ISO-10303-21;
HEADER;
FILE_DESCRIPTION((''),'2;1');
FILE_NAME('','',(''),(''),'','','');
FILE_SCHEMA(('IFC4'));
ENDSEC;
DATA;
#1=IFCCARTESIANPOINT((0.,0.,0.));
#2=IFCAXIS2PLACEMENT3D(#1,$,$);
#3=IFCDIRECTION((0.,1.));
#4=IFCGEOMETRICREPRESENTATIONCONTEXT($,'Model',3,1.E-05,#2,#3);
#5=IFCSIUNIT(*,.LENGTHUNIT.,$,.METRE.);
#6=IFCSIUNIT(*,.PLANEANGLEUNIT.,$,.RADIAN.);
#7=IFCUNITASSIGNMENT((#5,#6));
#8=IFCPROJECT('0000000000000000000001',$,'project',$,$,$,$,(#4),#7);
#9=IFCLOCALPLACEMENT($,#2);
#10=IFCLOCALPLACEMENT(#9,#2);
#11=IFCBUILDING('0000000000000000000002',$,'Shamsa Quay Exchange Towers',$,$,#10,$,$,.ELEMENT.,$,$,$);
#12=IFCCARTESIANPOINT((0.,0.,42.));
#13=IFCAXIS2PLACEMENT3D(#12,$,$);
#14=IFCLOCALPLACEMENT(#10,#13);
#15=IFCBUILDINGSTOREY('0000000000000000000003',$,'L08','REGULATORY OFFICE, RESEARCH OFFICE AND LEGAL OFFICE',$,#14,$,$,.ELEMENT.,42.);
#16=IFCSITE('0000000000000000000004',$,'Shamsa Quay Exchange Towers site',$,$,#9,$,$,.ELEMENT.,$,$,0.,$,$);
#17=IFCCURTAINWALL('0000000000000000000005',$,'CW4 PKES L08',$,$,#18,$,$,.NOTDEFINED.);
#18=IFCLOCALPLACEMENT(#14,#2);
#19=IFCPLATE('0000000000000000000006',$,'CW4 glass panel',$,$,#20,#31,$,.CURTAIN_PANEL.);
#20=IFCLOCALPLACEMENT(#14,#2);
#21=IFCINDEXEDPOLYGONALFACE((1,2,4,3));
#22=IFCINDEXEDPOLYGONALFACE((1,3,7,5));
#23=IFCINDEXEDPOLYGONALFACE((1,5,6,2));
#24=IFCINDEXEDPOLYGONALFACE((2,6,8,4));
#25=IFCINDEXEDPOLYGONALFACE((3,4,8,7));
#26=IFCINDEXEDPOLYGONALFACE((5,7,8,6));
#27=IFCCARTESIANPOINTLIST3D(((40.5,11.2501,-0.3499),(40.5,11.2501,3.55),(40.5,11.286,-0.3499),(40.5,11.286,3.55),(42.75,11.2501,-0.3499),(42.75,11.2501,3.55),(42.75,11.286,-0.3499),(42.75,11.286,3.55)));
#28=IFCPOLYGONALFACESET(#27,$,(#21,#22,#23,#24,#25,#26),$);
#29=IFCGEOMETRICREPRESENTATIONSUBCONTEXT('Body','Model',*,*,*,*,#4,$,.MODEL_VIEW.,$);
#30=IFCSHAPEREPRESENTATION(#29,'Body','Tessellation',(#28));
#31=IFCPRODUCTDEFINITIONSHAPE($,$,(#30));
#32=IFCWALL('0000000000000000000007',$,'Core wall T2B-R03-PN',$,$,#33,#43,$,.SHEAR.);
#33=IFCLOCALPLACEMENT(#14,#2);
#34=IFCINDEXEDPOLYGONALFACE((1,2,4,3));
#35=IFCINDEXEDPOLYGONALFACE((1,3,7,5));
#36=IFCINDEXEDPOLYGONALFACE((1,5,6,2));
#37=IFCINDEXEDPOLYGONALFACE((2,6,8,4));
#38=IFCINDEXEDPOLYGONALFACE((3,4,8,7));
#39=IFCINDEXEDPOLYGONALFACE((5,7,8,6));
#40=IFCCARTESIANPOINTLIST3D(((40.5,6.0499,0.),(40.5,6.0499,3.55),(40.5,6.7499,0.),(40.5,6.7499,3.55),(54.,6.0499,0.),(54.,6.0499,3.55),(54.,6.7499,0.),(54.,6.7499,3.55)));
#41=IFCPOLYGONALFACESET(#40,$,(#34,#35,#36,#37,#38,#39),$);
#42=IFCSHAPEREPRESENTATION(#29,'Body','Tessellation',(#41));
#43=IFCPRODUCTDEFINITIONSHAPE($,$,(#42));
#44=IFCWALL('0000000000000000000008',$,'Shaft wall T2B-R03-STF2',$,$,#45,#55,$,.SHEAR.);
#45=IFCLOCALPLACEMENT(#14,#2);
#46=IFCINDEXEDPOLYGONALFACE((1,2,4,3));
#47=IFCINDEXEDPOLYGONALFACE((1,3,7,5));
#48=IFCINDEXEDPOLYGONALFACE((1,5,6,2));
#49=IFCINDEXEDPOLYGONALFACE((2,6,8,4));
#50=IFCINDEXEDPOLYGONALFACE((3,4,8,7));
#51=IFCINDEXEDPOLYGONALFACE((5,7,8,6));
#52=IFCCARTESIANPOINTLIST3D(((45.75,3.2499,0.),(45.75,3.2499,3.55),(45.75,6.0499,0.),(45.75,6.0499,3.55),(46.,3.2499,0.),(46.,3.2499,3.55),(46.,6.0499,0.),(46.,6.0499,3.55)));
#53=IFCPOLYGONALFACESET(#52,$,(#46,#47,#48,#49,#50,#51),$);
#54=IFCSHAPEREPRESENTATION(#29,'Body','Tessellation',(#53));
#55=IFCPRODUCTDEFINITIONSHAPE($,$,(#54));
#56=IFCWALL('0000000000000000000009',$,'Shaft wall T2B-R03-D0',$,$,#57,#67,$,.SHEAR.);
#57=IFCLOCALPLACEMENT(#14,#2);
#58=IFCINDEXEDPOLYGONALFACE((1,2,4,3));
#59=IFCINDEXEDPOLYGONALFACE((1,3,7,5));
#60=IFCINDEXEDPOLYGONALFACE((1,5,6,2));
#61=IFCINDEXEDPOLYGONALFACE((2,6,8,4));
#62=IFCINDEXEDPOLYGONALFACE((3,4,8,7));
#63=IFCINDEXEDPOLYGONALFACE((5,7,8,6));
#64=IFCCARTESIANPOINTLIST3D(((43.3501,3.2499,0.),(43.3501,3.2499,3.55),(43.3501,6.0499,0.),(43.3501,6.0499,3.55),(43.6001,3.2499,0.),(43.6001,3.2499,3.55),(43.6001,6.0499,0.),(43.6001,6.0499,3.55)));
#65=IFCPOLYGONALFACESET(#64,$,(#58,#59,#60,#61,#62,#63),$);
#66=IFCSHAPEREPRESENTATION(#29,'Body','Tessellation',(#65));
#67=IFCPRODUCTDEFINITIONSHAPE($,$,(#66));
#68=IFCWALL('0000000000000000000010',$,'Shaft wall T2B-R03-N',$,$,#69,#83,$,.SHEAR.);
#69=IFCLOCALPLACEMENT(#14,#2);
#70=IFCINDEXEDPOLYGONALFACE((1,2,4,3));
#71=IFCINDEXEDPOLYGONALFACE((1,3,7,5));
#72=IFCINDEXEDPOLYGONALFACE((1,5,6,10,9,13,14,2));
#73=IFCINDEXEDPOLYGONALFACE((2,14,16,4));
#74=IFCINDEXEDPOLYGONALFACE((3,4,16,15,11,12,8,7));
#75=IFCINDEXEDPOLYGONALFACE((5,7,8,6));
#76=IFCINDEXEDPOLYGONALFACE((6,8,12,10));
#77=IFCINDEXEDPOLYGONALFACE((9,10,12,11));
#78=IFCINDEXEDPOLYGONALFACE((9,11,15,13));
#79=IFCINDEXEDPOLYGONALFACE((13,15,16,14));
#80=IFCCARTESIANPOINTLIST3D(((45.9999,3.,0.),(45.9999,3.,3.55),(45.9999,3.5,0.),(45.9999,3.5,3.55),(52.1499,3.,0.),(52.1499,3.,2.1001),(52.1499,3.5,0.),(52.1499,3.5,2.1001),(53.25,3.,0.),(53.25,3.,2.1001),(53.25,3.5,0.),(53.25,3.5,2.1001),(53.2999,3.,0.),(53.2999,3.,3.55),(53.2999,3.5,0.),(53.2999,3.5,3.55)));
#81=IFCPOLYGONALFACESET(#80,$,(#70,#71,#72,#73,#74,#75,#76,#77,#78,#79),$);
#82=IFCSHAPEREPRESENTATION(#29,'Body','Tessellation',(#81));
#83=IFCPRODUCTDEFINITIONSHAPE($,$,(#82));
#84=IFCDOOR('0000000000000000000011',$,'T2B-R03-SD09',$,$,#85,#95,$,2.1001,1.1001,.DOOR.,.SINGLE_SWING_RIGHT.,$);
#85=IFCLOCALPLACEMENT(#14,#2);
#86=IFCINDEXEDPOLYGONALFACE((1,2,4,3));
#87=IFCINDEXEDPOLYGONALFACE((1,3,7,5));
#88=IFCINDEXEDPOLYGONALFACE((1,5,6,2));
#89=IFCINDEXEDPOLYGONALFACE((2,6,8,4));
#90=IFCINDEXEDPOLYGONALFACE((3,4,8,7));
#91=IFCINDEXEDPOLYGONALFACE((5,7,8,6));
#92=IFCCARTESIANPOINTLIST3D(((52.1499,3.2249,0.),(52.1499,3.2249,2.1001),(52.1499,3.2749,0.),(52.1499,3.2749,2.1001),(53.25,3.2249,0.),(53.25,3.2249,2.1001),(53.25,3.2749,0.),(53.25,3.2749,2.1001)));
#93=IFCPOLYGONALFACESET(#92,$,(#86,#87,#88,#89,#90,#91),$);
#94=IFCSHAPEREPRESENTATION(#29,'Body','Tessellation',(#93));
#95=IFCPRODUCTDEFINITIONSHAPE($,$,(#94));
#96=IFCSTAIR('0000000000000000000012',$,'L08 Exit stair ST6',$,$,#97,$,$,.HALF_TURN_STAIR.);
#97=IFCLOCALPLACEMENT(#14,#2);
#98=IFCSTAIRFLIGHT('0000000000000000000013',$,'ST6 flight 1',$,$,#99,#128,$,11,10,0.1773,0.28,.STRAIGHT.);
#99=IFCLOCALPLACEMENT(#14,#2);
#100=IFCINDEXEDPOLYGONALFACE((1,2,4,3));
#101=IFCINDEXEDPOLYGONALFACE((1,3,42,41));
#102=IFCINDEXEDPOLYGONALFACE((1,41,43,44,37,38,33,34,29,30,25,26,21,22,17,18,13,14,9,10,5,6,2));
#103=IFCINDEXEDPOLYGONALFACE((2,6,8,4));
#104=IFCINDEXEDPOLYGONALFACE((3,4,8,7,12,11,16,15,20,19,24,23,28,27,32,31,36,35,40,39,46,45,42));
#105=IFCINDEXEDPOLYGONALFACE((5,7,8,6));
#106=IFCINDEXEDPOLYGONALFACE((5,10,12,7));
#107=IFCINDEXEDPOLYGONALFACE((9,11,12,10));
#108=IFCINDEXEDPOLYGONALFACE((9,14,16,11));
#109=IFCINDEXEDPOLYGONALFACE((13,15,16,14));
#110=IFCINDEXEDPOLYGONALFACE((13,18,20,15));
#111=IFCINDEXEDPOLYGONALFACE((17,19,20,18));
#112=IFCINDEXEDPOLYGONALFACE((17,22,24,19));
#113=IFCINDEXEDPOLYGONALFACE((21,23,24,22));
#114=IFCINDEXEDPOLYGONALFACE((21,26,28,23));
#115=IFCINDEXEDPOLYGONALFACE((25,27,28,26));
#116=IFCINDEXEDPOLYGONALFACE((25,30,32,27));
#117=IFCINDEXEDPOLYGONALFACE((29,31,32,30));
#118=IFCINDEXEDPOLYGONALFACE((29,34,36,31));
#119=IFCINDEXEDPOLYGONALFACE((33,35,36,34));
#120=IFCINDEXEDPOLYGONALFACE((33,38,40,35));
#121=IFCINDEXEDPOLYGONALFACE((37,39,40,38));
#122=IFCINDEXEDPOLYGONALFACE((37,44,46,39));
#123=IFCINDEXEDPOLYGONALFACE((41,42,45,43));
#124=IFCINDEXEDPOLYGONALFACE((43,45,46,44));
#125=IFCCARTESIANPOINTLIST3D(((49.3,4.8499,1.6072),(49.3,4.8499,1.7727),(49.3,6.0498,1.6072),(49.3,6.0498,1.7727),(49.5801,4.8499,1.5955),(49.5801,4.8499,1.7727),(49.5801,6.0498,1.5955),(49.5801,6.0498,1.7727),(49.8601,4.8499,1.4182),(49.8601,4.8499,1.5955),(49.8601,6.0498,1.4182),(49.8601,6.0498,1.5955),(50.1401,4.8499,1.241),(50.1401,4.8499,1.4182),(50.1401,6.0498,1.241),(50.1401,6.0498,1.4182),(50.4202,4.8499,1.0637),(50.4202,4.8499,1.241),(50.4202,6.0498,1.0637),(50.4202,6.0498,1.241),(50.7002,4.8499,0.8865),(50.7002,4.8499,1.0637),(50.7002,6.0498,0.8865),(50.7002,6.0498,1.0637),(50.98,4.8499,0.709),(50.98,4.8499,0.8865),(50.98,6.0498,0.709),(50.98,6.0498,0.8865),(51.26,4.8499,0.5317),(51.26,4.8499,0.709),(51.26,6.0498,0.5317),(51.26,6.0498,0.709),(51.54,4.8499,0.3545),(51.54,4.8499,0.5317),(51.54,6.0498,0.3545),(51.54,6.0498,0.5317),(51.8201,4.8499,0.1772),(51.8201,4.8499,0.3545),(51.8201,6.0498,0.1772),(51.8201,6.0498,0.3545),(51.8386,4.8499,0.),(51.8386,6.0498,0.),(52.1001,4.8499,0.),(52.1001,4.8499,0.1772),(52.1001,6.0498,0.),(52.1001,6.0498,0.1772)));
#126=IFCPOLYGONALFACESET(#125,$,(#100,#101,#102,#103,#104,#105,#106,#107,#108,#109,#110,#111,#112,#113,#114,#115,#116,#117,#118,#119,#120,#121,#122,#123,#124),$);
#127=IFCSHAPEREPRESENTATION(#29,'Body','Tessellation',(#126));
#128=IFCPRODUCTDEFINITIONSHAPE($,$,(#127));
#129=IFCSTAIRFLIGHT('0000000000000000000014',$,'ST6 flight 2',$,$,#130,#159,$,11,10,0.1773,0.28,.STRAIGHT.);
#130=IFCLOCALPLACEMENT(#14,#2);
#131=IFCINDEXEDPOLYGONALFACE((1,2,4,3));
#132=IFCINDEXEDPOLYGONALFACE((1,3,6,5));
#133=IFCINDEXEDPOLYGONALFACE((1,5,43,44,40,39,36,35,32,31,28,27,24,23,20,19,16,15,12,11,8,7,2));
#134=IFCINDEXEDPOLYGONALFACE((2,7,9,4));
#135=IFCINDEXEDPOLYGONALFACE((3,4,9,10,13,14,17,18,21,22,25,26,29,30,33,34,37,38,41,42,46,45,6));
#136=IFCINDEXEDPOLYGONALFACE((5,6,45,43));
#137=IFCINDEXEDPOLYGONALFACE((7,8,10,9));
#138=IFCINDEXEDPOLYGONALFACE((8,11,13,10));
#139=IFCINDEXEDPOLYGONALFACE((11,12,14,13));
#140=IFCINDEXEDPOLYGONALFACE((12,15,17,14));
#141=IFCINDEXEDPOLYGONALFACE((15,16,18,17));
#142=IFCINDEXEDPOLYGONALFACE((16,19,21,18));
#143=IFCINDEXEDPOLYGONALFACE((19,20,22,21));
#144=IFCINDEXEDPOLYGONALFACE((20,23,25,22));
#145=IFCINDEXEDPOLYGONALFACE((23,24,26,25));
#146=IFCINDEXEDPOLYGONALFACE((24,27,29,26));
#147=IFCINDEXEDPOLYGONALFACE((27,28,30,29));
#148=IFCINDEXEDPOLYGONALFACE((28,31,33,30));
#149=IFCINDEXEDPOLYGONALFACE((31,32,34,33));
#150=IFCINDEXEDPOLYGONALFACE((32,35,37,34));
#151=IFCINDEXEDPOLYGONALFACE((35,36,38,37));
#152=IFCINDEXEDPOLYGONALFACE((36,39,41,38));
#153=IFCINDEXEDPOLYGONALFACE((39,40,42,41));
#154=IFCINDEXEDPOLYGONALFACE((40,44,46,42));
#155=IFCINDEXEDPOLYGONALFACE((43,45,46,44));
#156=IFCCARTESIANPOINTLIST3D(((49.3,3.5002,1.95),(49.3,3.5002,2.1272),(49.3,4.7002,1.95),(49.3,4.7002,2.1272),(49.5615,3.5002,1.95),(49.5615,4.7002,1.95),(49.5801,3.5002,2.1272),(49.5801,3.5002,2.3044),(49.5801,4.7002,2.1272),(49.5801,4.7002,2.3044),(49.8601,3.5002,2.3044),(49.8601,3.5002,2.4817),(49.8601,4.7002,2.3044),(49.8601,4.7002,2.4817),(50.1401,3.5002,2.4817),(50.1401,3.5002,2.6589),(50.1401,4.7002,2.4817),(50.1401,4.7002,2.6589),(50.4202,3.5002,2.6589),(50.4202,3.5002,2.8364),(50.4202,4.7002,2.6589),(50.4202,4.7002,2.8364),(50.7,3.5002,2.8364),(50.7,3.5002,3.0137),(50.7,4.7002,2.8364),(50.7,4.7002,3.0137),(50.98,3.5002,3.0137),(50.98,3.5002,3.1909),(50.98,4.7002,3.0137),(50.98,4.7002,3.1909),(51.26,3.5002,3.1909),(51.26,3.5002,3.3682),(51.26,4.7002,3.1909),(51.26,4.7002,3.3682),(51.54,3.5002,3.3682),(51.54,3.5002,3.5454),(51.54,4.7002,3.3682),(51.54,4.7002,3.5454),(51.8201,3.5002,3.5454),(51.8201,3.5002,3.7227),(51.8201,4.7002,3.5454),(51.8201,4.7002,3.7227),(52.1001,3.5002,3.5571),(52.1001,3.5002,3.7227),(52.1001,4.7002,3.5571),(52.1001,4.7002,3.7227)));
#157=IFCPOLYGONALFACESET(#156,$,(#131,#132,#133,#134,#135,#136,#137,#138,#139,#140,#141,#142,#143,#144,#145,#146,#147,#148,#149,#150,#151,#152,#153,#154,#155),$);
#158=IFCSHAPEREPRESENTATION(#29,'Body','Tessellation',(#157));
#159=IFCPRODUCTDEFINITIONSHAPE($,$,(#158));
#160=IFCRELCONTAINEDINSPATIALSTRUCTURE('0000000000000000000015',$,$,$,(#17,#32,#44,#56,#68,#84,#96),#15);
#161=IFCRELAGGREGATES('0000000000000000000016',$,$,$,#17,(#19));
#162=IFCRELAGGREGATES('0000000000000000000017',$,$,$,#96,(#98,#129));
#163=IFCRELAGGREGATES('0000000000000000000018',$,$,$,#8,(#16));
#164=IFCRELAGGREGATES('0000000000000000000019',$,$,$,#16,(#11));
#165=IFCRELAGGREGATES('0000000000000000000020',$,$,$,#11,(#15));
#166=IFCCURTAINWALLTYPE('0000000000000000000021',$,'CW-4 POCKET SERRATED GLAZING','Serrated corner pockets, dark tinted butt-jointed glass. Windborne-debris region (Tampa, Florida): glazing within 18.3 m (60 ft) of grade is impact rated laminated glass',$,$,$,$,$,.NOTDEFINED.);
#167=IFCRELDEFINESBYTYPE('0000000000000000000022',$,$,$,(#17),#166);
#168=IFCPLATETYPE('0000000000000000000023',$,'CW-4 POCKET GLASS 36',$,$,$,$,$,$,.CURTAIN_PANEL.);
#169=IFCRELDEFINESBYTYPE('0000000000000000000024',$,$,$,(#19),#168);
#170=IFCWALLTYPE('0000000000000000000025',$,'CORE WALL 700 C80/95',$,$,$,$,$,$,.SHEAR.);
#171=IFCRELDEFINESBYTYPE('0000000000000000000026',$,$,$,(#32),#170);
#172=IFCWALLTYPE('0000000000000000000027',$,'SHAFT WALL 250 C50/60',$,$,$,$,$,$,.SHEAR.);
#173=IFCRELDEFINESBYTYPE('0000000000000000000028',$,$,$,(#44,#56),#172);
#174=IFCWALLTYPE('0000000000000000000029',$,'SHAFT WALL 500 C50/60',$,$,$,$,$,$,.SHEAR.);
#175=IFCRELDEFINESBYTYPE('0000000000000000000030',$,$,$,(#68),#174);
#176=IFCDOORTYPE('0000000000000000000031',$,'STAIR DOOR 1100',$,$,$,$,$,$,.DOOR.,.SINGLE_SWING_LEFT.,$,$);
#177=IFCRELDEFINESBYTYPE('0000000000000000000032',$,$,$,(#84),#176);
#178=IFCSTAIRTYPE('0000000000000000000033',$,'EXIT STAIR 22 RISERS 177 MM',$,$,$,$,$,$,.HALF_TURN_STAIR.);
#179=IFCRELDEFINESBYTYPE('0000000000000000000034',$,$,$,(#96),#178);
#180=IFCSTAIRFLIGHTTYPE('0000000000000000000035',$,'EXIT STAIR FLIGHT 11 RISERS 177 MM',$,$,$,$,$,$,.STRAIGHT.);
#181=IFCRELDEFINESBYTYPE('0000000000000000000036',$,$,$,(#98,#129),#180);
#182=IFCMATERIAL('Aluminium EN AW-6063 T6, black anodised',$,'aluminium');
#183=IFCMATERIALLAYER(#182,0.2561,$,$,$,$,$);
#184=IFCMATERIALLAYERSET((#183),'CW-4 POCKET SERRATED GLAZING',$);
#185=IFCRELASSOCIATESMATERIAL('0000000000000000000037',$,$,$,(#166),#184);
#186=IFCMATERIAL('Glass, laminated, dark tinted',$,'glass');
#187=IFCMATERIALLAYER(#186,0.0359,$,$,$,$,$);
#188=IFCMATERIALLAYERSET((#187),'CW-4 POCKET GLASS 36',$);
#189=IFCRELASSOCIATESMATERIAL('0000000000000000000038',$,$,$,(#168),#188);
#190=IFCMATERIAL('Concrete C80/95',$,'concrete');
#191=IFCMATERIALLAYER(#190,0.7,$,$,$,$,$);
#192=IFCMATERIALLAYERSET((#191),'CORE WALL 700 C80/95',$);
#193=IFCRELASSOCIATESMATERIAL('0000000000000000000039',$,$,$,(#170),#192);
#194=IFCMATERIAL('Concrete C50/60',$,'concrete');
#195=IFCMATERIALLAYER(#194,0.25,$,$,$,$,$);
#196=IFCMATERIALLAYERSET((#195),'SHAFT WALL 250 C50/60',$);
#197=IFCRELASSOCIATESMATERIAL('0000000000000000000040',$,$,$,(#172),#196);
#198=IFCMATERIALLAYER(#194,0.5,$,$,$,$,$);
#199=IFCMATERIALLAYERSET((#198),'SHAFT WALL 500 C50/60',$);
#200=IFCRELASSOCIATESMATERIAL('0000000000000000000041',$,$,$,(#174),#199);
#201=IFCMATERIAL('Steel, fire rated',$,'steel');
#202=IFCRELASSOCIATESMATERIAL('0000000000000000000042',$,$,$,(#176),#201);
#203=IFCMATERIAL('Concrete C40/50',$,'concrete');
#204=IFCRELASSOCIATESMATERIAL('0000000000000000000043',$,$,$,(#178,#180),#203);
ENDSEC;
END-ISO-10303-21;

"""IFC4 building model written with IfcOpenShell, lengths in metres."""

from ifc_helpers import new_model, si_unit, direction, frame, frame_2d, origin, origin_2d, place, context, subcontext, project, spatial, polyline, rectangle, outline, extrude, material, layer, layer_set, type_object, element, fill, aggregate, save


model = new_model("IFC4")

# Units and contexts
model_context = context("Model", 3, precision=1e-05, world=origin(), true_north=direction((0.0, 1.0)))
body_context = subcontext(model_context, "Body", "Model", "MODEL_VIEW")
ifc_project = project(units=[si_unit("LENGTHUNIT", "METRE"), si_unit("PLANEANGLEUNIT", "RADIAN")], contexts=[model_context])

# Site, building, storey
site_placement = place(None, origin())
site = spatial("IfcSite", under=ifc_project, at=site_placement, Name="Shamsa Quay Exchange Towers site", CompositionType="ELEMENT", RefElevation=0.0)
building_placement = place(site_placement, origin())
building = spatial("IfcBuilding", under=site, at=building_placement, Name="Shamsa Quay Exchange Towers", CompositionType="ELEMENT")
storey_placement = place(building_placement, frame((0.0, 0.0, 42.0)))
storey = spatial("IfcBuildingStorey", under=building, at=storey_placement, Name="L08", Description="REGULATORY OFFICE, RESEARCH OFFICE AND LEGAL OFFICE", CompositionType="ELEMENT", Elevation=42.0)

# Shared definitions
ifc_material_1 = material(Name="Aluminium EN AW-6063 T6, black anodised", Category="aluminium")
ifc_material_2 = material(Name="Glass, laminated, dark tinted", Category="glass")

# Curtain wall, plate
ifc_layer_1 = layer(ifc_material_1, 0.2561)
ifc_layer_set_1 = layer_set([ifc_layer_1], Name="CW-4 POCKET SERRATED GLAZING")
curtain_wall_type_1 = type_object("IfcCurtainWallType", Name="CW-4 POCKET SERRATED GLAZING", Description="Serrated corner pockets, dark tinted butt-jointed glass. Windborne-debris region (Tampa, Florida): glazing within 18.3 m (60 ft) of grade is impact rated laminated glass", PredefinedType="NOTDEFINED", material=ifc_layer_set_1)
curtain_wall_1_placement = place(storey_placement, origin())
curtain_wall_1 = element("IfcCurtainWall", 1, at=curtain_wall_1_placement, inside=storey, type_object=curtain_wall_type_1, Name="CW4 PKES L08", PredefinedType="NOTDEFINED")
ifc_layer_2 = layer(ifc_material_2, 0.0359)
ifc_layer_set_2 = layer_set([ifc_layer_2], Name="CW-4 POCKET GLASS 36")
plate_type_1 = type_object("IfcPlateType", Name="CW-4 POCKET GLASS 36", PredefinedType="CURTAIN_PANEL", material=ifc_layer_set_2)
plate_1_placement = place(storey_placement, frame((41.625, 11.2681, -0.3499), z_axis=(0.0, 0.0, 1.0), x_axis=(-1.0, 0.0, 0.0)))
plate_1 = element("IfcPlate", 2, at=plate_1_placement, type_object=plate_type_1, Name="CW4 glass panel", PredefinedType="CURTAIN_PANEL", context=body_context, shape_type="SweptSolid", body=[
    extrude(rectangle(XDim=2.25, YDim=0.0359, at=origin_2d()), origin(), (0.0, 0.0, 1.0), 3.8999),
])
aggregate(curtain_wall_1, [plate_1])

# Walls
ifc_material_3 = material(Name="Concrete C80/95", Category="concrete")
ifc_layer_3 = layer(ifc_material_3, 0.7)
ifc_layer_set_3 = layer_set([ifc_layer_3], Name="CORE WALL 700 C80/95")
wall_type_1 = type_object("IfcWallType", Name="CORE WALL 700 C80/95", PredefinedType="SHEAR", material=ifc_layer_set_3)
wall_1_placement = place(storey_placement, frame((54.0, 6.3999, 0.0), z_axis=(0.0, 0.0, 1.0), x_axis=(-1.0, 0.0, 0.0)))
element("IfcWall", 3, at=wall_1_placement, inside=storey, type_object=wall_type_1, Name="Core wall T2B-R03-PN", PredefinedType="SHEAR", context=body_context, shape_type="SweptSolid", body=[
    extrude(rectangle(XDim=13.5, YDim=0.7, at=frame_2d((6.75, 0.0))), origin(), (0.0, 0.0, 1.0), 3.55),
])
ifc_material_4 = material(Name="Concrete C50/60", Category="concrete")
ifc_layer_4 = layer(ifc_material_4, 0.25)
ifc_layer_set_4 = layer_set([ifc_layer_4], Name="SHAFT WALL 250 C50/60")
wall_type_2 = type_object("IfcWallType", Name="SHAFT WALL 250 C50/60", PredefinedType="SHEAR", material=ifc_layer_set_4)
for number, where, z_axis, x_axis, name in (
    (4, (45.875, 3.25, 0.0), (0.0, 0.0, 1.0), (0.0, 1.0, 0.0), "Shaft wall T2B-R03-STF2"),
    (5, (43.4751, 3.25, 0.0), (0.0, 0.0, 1.0), (0.0, 1.0, 0.0), "Shaft wall T2B-R03-D0"),
):
    element("IfcWall", number, at=place(storey_placement, frame(where, z_axis=z_axis, x_axis=x_axis)), inside=storey, type_object=wall_type_2, Name=name, PredefinedType="SHEAR", context=body_context, shape_type="SweptSolid", body=[
        extrude(rectangle(XDim=2.8, YDim=0.25, at=frame_2d((1.3999, 0.0))), origin(), (0.0, 0.0, 1.0), 3.55),
    ])

# Wall, opening, door
ifc_layer_5 = layer(ifc_material_4, 0.5)
ifc_layer_set_5 = layer_set([ifc_layer_5], Name="SHAFT WALL 500 C50/60")
wall_type_3 = type_object("IfcWallType", Name="SHAFT WALL 500 C50/60", PredefinedType="SHEAR", material=ifc_layer_set_5)
wall_2_placement = place(storey_placement, frame((46.0, 3.25, 0.0)))
wall_2 = element("IfcWall", 6, at=wall_2_placement, inside=storey, type_object=wall_type_3, Name="Shaft wall T2B-R03-N", PredefinedType="SHEAR", context=body_context, shape_type="SweptSolid", body=[
    extrude(rectangle(XDim=7.3, YDim=0.5, at=frame_2d((3.6499, 0.0))), origin(), (0.0, 0.0, 1.0), 3.55),
])
opening_placement = place(wall_2_placement, frame((6.1499, 0.0, 0.0)))
opening = element("IfcOpeningElement", 7, at=opening_placement, cuts=wall_2, PredefinedType="OPENING", context=body_context, shape_type="SweptSolid", body=[
    extrude(rectangle(XDim=1.1001, YDim=2.1001, at=frame_2d((0.55, 1.05))), frame((0.0, 0.26, 0.0), z_axis=(0.0, -1.0, 0.0), x_axis=(1.0, 0.0, 0.0)), (0.0, 0.0, 1.0), 0.52),
])
ifc_material_5 = material(Name="Steel, fire rated", Category="steel")
door_type = type_object("IfcDoorType", Name="STAIR DOOR 1100", OperationType="SINGLE_SWING_LEFT", PredefinedType="DOOR", material=ifc_material_5)
door_placement = place(opening_placement, origin())
door = element("IfcDoor", 8, at=door_placement, inside=storey, type_object=door_type, Name="T2B-R03-SD09", OperationType="SINGLE_SWING_RIGHT", OverallHeight=2.1001, OverallWidth=1.1001, PredefinedType="DOOR", context=body_context, shape_type="SweptSolid", body=[
    extrude(rectangle(XDim=1.1001, YDim=2.1001, at=frame_2d((0.55, 1.05))), frame((0.0, 0.0249, 0.0), z_axis=(0.0, -1.0, 0.0), x_axis=(1.0, 0.0, 0.0)), (0.0, 0.0, 1.0), 0.05),
])
fill(opening, door)

# Stair, stair flights
ifc_material_6 = material(Name="Concrete C40/50", Category="concrete")
stair_type = type_object("IfcStairType", Name="EXIT STAIR 22 RISERS 177 MM", PredefinedType="HALF_TURN_STAIR", material=ifc_material_6)
stair_placement = place(storey_placement, origin())
stair = element("IfcStair", 9, at=stair_placement, inside=storey, type_object=stair_type, Name="L08 Exit stair ST6", PredefinedType="HALF_TURN_STAIR")
stair_flight_type = type_object("IfcStairFlightType", Name="EXIT STAIR FLIGHT 11 RISERS 177 MM", PredefinedType="STRAIGHT", material=ifc_material_6)
stair_flight_1_placement = place(storey_placement, frame((52.1001, 5.45, 0.0), z_axis=(0.0, 0.0, 1.0), x_axis=(-1.0, 0.0, 0.0)))
stair_flight_1 = element("IfcStairFlight", 10, at=stair_flight_1_placement, type_object=stair_flight_type, Name="ST6 flight 1", NumberOfRisers=11, NumberOfTreads=10, PredefinedType="STRAIGHT", RiserHeight=0.1773, TreadLength=0.28, context=body_context, shape_type="SweptSolid", body=[
    extrude(outline(polyline([(0.0, 0.0), (0.0, 0.1772), (0.28, 0.1772), (0.28, 0.3545), (0.5601, 0.3545), (0.5601, 0.5317), (0.8401, 0.5317), (0.8401, 0.709), (1.1201, 0.709), (1.1201, 0.8865), (1.3999, 0.8865), (1.3999, 1.0637), (1.6799, 1.0637), (1.6799, 1.241), (1.96, 1.241), (1.96, 1.4182), (2.24, 1.4182), (2.24, 1.5955), (2.52, 1.5955), (2.52, 1.7727), (2.8, 1.7727), (2.8, 1.95), (2.8, 1.6072), (0.2615, 0.0), (0.0, 0.0)])), frame((0.0, 0.6001, 0.0), z_axis=(0.0, -1.0, 0.0), x_axis=(1.0, 0.0, 0.0)), (0.0, 0.0, 1.0), 1.2),
])
stair_flight_2_placement = place(storey_placement, frame((49.3, 4.1001, 1.95)))
stair_flight_2 = element("IfcStairFlight", 11, at=stair_flight_2_placement, type_object=stair_flight_type, Name="ST6 flight 2", NumberOfRisers=11, NumberOfTreads=10, PredefinedType="STRAIGHT", RiserHeight=0.1773, TreadLength=0.28, context=body_context, shape_type="SweptSolid", body=[
    extrude(outline(polyline([(0.0, 0.0), (0.0, 0.1772), (0.28, 0.1772), (0.28, 0.3545), (0.5601, 0.3545), (0.5601, 0.5317), (0.8401, 0.5317), (0.8401, 0.709), (1.1201, 0.709), (1.1201, 0.8865), (1.3999, 0.8865), (1.3999, 1.0637), (1.6799, 1.0637), (1.6799, 1.241), (1.96, 1.241), (1.96, 1.4182), (2.24, 1.4182), (2.24, 1.5955), (2.52, 1.5955), (2.52, 1.7727), (2.8, 1.7727), (2.8, 1.95), (2.8, 1.6072), (0.2615, 0.0), (0.0, 0.0)])), frame((0.0, 0.6001, 0.0), z_axis=(0.0, -1.0, 0.0), x_axis=(1.0, 0.0, 0.0)), (0.0, 0.0, 1.0), 1.2),
])
aggregate(stair, [stair_flight_1, stair_flight_2])

save(model, "model.ifc")
